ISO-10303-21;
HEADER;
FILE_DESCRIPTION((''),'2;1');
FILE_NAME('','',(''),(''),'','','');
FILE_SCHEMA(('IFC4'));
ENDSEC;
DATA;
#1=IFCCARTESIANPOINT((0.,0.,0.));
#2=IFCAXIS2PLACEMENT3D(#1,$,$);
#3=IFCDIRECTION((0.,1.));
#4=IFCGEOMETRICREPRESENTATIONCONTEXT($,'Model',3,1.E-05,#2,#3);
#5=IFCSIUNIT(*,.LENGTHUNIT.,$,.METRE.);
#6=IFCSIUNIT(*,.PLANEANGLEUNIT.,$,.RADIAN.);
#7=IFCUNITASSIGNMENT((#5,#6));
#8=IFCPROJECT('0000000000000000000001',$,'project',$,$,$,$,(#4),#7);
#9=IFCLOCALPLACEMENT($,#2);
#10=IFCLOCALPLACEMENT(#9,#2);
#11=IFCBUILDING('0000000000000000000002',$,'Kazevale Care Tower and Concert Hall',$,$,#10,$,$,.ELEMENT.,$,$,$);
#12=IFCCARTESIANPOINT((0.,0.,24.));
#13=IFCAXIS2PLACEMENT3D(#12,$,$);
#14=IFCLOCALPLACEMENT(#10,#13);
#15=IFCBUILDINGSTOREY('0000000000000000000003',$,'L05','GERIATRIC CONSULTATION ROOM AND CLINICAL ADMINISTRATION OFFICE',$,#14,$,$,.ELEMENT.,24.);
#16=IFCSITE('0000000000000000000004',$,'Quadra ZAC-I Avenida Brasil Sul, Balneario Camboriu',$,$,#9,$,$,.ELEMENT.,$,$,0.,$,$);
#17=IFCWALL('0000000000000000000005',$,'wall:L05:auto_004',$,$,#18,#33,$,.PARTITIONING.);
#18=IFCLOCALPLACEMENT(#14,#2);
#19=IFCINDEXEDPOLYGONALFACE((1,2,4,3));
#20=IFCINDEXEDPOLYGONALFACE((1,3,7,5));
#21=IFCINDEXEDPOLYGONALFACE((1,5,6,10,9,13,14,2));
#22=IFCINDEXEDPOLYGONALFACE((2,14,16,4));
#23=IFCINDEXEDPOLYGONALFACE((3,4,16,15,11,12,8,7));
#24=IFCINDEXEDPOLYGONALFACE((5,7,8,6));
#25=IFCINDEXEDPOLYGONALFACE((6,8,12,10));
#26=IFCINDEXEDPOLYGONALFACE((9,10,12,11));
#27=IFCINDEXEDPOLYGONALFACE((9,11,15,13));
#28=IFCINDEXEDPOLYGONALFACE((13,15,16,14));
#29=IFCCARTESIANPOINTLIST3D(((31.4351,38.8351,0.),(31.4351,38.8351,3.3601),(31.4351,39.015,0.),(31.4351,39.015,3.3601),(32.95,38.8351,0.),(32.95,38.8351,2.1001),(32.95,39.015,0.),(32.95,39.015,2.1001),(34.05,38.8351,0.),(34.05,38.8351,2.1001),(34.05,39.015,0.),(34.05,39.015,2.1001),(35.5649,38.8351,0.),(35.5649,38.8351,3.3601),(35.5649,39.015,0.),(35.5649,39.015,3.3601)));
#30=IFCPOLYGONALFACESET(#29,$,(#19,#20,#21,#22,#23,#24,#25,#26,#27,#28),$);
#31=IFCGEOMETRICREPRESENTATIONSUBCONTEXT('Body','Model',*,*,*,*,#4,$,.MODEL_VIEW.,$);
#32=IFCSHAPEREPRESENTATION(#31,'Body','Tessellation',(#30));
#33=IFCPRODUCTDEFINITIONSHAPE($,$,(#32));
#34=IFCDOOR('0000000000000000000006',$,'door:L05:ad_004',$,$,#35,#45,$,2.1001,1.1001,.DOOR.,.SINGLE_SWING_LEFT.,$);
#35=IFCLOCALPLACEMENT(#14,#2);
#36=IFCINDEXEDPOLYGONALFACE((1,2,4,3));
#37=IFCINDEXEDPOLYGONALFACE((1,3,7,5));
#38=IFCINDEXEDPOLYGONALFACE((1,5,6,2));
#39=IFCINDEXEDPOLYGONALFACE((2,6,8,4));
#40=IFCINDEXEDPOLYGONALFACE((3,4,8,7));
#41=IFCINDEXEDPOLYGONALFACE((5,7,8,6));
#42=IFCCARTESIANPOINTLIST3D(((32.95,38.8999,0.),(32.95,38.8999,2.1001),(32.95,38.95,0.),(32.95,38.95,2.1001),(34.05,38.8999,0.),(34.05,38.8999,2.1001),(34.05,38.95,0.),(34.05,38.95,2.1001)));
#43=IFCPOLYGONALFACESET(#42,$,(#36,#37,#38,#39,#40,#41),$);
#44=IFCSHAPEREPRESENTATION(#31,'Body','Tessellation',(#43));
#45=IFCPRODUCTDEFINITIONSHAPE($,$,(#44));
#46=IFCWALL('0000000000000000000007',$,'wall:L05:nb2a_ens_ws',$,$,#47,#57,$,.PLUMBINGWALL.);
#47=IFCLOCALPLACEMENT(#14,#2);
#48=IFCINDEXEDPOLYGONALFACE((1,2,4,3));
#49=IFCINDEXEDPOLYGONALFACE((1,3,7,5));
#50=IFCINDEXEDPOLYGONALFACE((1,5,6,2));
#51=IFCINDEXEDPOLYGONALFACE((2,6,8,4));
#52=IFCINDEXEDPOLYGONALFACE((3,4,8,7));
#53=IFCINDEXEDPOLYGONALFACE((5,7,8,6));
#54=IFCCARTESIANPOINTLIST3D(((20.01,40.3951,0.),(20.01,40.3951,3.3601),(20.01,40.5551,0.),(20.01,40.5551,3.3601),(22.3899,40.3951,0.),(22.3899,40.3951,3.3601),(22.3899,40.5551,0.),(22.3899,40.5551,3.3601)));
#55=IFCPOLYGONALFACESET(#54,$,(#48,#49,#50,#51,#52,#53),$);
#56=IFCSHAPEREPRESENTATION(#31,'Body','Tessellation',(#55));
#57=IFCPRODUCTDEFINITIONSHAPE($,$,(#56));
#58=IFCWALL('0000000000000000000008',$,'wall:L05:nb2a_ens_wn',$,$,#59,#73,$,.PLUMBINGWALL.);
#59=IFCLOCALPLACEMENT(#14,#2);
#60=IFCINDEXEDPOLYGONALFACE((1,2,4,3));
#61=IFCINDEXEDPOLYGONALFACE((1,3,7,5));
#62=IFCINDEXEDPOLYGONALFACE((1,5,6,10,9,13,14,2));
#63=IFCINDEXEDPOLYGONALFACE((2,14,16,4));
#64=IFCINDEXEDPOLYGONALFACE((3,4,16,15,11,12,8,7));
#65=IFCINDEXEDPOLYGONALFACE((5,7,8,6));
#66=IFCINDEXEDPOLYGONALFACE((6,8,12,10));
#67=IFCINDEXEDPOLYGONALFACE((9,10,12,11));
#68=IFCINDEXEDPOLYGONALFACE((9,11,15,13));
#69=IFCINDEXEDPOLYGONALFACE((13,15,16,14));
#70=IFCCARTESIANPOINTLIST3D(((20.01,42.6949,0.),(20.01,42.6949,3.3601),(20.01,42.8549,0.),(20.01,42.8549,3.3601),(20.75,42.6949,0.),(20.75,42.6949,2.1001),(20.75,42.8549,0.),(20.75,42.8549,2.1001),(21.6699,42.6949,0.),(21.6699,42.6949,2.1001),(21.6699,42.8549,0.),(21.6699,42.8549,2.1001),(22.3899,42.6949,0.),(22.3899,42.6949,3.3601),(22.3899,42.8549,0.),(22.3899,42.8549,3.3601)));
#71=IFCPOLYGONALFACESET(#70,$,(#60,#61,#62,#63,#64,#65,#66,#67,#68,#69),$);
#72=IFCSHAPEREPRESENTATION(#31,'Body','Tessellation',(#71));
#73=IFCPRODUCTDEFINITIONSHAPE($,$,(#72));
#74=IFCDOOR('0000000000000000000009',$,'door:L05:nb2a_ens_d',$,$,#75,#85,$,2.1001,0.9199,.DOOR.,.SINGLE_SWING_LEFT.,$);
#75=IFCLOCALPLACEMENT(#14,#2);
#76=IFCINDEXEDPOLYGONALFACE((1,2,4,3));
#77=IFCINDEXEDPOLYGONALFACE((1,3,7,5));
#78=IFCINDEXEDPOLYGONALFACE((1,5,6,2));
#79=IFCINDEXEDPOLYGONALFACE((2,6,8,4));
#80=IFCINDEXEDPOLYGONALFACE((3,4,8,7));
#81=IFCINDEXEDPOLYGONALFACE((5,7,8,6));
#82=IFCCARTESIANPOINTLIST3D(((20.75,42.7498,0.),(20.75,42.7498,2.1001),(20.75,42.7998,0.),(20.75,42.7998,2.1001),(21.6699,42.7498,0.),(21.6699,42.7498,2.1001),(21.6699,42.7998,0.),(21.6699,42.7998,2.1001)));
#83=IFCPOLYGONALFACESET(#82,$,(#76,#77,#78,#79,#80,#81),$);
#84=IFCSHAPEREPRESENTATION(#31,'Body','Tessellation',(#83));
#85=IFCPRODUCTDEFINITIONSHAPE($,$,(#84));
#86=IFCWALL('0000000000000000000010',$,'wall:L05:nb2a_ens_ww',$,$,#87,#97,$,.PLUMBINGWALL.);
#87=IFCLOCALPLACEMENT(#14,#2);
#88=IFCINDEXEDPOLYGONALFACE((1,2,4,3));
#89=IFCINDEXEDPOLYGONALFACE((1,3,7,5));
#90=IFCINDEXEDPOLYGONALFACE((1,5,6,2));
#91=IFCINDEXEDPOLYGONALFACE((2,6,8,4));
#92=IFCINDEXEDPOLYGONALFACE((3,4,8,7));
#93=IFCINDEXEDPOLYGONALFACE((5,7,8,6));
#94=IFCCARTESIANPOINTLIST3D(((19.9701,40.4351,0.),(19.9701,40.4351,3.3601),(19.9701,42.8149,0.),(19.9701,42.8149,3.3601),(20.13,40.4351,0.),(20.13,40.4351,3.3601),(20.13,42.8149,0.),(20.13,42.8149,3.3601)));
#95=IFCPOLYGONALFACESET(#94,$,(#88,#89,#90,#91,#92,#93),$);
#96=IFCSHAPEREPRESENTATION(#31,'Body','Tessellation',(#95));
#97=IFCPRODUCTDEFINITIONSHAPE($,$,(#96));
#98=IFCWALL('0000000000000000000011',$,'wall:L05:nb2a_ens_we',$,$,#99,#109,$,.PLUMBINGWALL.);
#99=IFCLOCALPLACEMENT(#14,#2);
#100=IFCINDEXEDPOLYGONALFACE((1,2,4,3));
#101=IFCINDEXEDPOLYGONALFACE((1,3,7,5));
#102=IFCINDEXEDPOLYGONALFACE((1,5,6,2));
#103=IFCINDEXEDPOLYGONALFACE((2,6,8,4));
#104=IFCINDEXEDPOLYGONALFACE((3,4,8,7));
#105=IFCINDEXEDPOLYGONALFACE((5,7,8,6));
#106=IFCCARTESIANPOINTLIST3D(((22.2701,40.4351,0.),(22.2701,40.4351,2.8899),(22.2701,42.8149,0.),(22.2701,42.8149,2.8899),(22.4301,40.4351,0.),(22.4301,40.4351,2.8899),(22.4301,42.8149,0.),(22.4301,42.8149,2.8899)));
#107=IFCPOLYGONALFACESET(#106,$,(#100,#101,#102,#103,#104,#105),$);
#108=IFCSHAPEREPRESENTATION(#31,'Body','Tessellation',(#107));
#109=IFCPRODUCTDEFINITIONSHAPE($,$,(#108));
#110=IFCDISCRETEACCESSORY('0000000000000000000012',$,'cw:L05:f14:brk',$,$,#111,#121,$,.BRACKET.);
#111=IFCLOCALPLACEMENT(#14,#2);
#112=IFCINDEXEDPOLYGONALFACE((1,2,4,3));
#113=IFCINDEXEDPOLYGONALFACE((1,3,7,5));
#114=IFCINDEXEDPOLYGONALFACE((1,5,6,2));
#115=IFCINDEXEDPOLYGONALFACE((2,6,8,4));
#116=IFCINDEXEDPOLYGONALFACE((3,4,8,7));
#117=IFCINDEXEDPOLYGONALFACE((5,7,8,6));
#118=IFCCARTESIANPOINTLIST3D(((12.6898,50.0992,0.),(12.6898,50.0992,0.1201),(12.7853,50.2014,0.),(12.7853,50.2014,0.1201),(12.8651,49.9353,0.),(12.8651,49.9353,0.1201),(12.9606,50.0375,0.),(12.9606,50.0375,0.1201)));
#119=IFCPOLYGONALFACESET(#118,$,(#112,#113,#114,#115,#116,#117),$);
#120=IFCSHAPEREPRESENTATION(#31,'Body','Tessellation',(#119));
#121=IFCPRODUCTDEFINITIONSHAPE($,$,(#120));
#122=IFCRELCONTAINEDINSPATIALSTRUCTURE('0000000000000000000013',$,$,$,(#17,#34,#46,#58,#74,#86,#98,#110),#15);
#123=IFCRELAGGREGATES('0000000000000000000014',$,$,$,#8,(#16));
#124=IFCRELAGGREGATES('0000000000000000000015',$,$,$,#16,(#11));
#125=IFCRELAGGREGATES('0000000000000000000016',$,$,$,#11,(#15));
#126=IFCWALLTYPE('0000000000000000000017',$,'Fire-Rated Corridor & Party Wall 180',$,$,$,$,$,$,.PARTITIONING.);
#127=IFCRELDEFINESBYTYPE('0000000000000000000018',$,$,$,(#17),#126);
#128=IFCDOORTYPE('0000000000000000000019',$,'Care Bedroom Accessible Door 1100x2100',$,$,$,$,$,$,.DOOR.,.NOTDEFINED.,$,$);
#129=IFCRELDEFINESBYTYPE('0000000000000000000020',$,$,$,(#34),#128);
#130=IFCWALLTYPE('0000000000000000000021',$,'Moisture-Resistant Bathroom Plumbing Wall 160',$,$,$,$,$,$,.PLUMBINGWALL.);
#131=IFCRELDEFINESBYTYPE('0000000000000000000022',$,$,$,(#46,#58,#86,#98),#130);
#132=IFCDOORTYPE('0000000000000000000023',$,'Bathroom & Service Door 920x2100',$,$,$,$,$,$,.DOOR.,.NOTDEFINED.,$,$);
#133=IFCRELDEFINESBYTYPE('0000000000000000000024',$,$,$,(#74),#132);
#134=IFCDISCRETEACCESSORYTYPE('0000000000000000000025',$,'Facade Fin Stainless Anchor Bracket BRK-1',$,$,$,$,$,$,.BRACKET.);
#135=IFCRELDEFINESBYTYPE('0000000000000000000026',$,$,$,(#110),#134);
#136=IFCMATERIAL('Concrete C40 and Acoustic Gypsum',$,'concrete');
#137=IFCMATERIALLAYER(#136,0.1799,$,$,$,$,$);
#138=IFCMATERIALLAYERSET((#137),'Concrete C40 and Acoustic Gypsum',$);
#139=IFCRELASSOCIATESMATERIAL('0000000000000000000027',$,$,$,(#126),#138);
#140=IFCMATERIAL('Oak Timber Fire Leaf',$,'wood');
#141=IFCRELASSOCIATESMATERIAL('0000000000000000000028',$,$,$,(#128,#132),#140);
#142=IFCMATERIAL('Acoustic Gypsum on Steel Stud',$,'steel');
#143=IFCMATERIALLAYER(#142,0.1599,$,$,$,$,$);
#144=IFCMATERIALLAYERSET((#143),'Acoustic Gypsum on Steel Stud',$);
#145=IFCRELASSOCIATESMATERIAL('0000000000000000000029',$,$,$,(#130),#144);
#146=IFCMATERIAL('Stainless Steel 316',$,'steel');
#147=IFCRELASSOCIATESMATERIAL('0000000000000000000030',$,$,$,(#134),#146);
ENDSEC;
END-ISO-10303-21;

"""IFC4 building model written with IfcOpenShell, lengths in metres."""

from ifc_helpers import new_model, si_unit, direction, frame, frame_2d, origin, origin_2d, place, context, subcontext, project, spatial, rectangle, extrude, material, layer, layer_set, type_object, element, fill, save


model = new_model("IFC4")

# Units and contexts
model_context = context("Model", 3, precision=1e-05, world=origin(), true_north=direction((0.0, 1.0)))
body_context = subcontext(model_context, "Body", "Model", "MODEL_VIEW")
ifc_project = project(units=[si_unit("LENGTHUNIT", "METRE"), si_unit("PLANEANGLEUNIT", "RADIAN")], contexts=[model_context])

# Site, building, storey
site_placement = place(None, origin())
site = spatial("IfcSite", under=ifc_project, at=site_placement, Name="Quadra ZAC-I Avenida Brasil Sul, Balneario Camboriu", CompositionType="ELEMENT", RefElevation=0.0)
building_placement = place(site_placement, origin())
building = spatial("IfcBuilding", under=site, at=building_placement, Name="Kazevale Care Tower and Concert Hall", CompositionType="ELEMENT")
storey_placement = place(building_placement, frame((0.0, 0.0, 24.0)))
storey = spatial("IfcBuildingStorey", under=building, at=storey_placement, Name="L05", Description="GERIATRIC CONSULTATION ROOM AND CLINICAL ADMINISTRATION OFFICE", CompositionType="ELEMENT", Elevation=24.0)

# Wall, opening, door
ifc_material_1 = material(Name="Concrete C40 and Acoustic Gypsum", Category="concrete")
ifc_layer_1 = layer(ifc_material_1, 0.1799)
ifc_layer_set_1 = layer_set([ifc_layer_1], Name="Concrete C40 and Acoustic Gypsum")
wall_type_1 = type_object("IfcWallType", Name="Fire-Rated Corridor & Party Wall 180", PredefinedType="PARTITIONING", material=ifc_layer_set_1)
ifc_material_2 = material(Name="Oak Timber Fire Leaf", Category="wood")
door_type_1 = type_object("IfcDoorType", Name="Care Bedroom Accessible Door 1100x2100", OperationType="NOTDEFINED", PredefinedType="DOOR", material=ifc_material_2)
wall_1_placement = place(storey_placement, frame((31.4351, 38.925, 0.0), z_axis=(0.0, 0.0, 1.0), x_axis=(1.0, 0.0, 0.0)))
wall_1 = element("IfcWall", 1, at=wall_1_placement, inside=storey, type_object=wall_type_1, Name="wall:L05:auto_004", PredefinedType="PARTITIONING", context=body_context, shape_type="SweptSolid", body=[
    extrude(rectangle(XDim=4.1299, YDim=0.1799, at=frame_2d((2.0649, 0.0))), origin(), (0.0, 0.0, 1.0), 3.3601),
])
opening_1_placement = place(wall_1_placement, frame((1.5149, 0.0, 0.0)))
opening_1 = element("IfcOpeningElement", 2, at=opening_1_placement, cuts=wall_1, PredefinedType="OPENING", context=body_context, shape_type="SweptSolid", body=[
    extrude(rectangle(XDim=1.1001, YDim=2.1001, at=frame_2d((0.55, 1.05))), frame((0.0, 0.0999, 0.0), z_axis=(0.0, -1.0, 0.0), x_axis=(1.0, 0.0, 0.0)), (0.0, 0.0, 1.0), 0.2),
])
door_1_placement = place(opening_1_placement, origin())
door_1 = element("IfcDoor", 3, at=door_1_placement, inside=storey, type_object=door_type_1, Name="door:L05:ad_004", OperationType="SINGLE_SWING_LEFT", OverallHeight=2.1001, OverallWidth=1.1001, PredefinedType="DOOR", context=body_context, shape_type="SweptSolid", body=[
    extrude(rectangle(XDim=1.1001, YDim=2.1001, at=frame_2d((0.55, 1.05))), frame((0.0, 0.0249, 0.0), z_axis=(0.0, -1.0, 0.0), x_axis=(1.0, 0.0, 0.0)), (0.0, 0.0, 1.0), 0.05),
])
fill(opening_1, door_1)

# Wall
ifc_material_3 = material(Name="Acoustic Gypsum on Steel Stud", Category="steel")
ifc_layer_2 = layer(ifc_material_3, 0.1599)
ifc_layer_set_2 = layer_set([ifc_layer_2], Name="Acoustic Gypsum on Steel Stud")
wall_type_2 = type_object("IfcWallType", Name="Moisture-Resistant Bathroom Plumbing Wall 160", PredefinedType="PLUMBINGWALL", material=ifc_layer_set_2)
wall_2_placement = place(storey_placement, frame((20.01, 40.4751, 0.0), z_axis=(0.0, 0.0, 1.0), x_axis=(1.0, 0.0, 0.0)))
element("IfcWall", 4, at=wall_2_placement, inside=storey, type_object=wall_type_2, Name="wall:L05:nb2a_ens_ws", PredefinedType="PLUMBINGWALL", context=body_context, shape_type="SweptSolid", body=[
    extrude(rectangle(XDim=2.3799, YDim=0.1599, at=frame_2d((1.1899, 0.0))), origin(), (0.0, 0.0, 1.0), 3.3601),
])

# Wall, opening, door
wall_3_placement = place(storey_placement, frame((20.01, 42.7749, 0.0), z_axis=(0.0, 0.0, 1.0), x_axis=(1.0, 0.0, 0.0)))
wall_3 = element("IfcWall", 5, at=wall_3_placement, inside=storey, type_object=wall_type_2, Name="wall:L05:nb2a_ens_wn", PredefinedType="PLUMBINGWALL", context=body_context, shape_type="SweptSolid", body=[
    extrude(rectangle(XDim=2.3799, YDim=0.1599, at=frame_2d((1.1899, 0.0))), origin(), (0.0, 0.0, 1.0), 3.3601),
])
opening_2_placement = place(wall_3_placement, frame((0.74, 0.0, 0.0)))
opening_2 = element("IfcOpeningElement", 6, at=opening_2_placement, cuts=wall_3, PredefinedType="OPENING", context=body_context, shape_type="SweptSolid", body=[
    extrude(rectangle(XDim=0.9199, YDim=2.1001, at=frame_2d((0.46, 1.05))), frame((0.0, 0.0898, 0.0), z_axis=(0.0, -1.0, 0.0), x_axis=(1.0, 0.0, 0.0)), (0.0, 0.0, 1.0), 0.1799),
])
door_type_2 = type_object("IfcDoorType", Name="Bathroom & Service Door 920x2100", OperationType="NOTDEFINED", PredefinedType="DOOR", material=ifc_material_2)
door_2_placement = place(opening_2_placement, origin())
door_2 = element("IfcDoor", 7, at=door_2_placement, inside=storey, type_object=door_type_2, Name="door:L05:nb2a_ens_d", OperationType="SINGLE_SWING_LEFT", OverallHeight=2.1001, OverallWidth=0.9199, PredefinedType="DOOR", context=body_context, shape_type="SweptSolid", body=[
    extrude(rectangle(XDim=0.9199, YDim=2.1001, at=frame_2d((0.46, 1.05))), frame((0.0, 0.0249, 0.0), z_axis=(0.0, -1.0, 0.0), x_axis=(1.0, 0.0, 0.0)), (0.0, 0.0, 1.0), 0.05),
])
fill(opening_2, door_2)

# Walls
wall_4_placement = place(storey_placement, frame((20.05, 40.4351, 0.0), z_axis=(0.0, 0.0, 1.0), x_axis=(0.0, 1.0, 0.0)))
element("IfcWall", 8, at=wall_4_placement, inside=storey, type_object=wall_type_2, Name="wall:L05:nb2a_ens_ww", PredefinedType="PLUMBINGWALL", context=body_context, shape_type="SweptSolid", body=[
    extrude(rectangle(XDim=2.3799, YDim=0.1599, at=frame_2d((1.1899, 0.0))), origin(), (0.0, 0.0, 1.0), 3.3601),
])
wall_5_placement = place(storey_placement, frame((22.3501, 40.4351, 0.0), z_axis=(0.0, 0.0, 1.0), x_axis=(0.0, 1.0, 0.0)))
element("IfcWall", 9, at=wall_5_placement, inside=storey, type_object=wall_type_2, Name="wall:L05:nb2a_ens_we", PredefinedType="PLUMBINGWALL", context=body_context, shape_type="SweptSolid", body=[
    extrude(rectangle(XDim=2.3799, YDim=0.1599, at=frame_2d((1.1899, 0.0))), origin(), (0.0, 0.0, 1.0), 2.8899),
])

# Discrete accessory
ifc_material_4 = material(Name="Stainless Steel 316", Category="steel")
discrete_accessory_type = type_object("IfcDiscreteAccessoryType", Name="Facade Fin Stainless Anchor Bracket BRK-1", PredefinedType="BRACKET", material=ifc_material_4)
discrete_accessory_placement = place(storey_placement, frame((12.8252, 50.0684, 0.0), z_axis=(0.0, 0.0, 1.0), x_axis=(-0.730401, 0.683019, 0.0)))
element("IfcDiscreteAccessory", 10, at=discrete_accessory_placement, inside=storey, type_object=discrete_accessory_type, Name="cw:L05:f14:brk", PredefinedType="BRACKET", context=body_context, shape_type="SweptSolid", body=[
    extrude(rectangle(XDim=0.24, YDim=0.1399, at=origin_2d()), origin(), (0.0, 0.0, 1.0), 0.1201),
])

save(model, "model.ifc")
